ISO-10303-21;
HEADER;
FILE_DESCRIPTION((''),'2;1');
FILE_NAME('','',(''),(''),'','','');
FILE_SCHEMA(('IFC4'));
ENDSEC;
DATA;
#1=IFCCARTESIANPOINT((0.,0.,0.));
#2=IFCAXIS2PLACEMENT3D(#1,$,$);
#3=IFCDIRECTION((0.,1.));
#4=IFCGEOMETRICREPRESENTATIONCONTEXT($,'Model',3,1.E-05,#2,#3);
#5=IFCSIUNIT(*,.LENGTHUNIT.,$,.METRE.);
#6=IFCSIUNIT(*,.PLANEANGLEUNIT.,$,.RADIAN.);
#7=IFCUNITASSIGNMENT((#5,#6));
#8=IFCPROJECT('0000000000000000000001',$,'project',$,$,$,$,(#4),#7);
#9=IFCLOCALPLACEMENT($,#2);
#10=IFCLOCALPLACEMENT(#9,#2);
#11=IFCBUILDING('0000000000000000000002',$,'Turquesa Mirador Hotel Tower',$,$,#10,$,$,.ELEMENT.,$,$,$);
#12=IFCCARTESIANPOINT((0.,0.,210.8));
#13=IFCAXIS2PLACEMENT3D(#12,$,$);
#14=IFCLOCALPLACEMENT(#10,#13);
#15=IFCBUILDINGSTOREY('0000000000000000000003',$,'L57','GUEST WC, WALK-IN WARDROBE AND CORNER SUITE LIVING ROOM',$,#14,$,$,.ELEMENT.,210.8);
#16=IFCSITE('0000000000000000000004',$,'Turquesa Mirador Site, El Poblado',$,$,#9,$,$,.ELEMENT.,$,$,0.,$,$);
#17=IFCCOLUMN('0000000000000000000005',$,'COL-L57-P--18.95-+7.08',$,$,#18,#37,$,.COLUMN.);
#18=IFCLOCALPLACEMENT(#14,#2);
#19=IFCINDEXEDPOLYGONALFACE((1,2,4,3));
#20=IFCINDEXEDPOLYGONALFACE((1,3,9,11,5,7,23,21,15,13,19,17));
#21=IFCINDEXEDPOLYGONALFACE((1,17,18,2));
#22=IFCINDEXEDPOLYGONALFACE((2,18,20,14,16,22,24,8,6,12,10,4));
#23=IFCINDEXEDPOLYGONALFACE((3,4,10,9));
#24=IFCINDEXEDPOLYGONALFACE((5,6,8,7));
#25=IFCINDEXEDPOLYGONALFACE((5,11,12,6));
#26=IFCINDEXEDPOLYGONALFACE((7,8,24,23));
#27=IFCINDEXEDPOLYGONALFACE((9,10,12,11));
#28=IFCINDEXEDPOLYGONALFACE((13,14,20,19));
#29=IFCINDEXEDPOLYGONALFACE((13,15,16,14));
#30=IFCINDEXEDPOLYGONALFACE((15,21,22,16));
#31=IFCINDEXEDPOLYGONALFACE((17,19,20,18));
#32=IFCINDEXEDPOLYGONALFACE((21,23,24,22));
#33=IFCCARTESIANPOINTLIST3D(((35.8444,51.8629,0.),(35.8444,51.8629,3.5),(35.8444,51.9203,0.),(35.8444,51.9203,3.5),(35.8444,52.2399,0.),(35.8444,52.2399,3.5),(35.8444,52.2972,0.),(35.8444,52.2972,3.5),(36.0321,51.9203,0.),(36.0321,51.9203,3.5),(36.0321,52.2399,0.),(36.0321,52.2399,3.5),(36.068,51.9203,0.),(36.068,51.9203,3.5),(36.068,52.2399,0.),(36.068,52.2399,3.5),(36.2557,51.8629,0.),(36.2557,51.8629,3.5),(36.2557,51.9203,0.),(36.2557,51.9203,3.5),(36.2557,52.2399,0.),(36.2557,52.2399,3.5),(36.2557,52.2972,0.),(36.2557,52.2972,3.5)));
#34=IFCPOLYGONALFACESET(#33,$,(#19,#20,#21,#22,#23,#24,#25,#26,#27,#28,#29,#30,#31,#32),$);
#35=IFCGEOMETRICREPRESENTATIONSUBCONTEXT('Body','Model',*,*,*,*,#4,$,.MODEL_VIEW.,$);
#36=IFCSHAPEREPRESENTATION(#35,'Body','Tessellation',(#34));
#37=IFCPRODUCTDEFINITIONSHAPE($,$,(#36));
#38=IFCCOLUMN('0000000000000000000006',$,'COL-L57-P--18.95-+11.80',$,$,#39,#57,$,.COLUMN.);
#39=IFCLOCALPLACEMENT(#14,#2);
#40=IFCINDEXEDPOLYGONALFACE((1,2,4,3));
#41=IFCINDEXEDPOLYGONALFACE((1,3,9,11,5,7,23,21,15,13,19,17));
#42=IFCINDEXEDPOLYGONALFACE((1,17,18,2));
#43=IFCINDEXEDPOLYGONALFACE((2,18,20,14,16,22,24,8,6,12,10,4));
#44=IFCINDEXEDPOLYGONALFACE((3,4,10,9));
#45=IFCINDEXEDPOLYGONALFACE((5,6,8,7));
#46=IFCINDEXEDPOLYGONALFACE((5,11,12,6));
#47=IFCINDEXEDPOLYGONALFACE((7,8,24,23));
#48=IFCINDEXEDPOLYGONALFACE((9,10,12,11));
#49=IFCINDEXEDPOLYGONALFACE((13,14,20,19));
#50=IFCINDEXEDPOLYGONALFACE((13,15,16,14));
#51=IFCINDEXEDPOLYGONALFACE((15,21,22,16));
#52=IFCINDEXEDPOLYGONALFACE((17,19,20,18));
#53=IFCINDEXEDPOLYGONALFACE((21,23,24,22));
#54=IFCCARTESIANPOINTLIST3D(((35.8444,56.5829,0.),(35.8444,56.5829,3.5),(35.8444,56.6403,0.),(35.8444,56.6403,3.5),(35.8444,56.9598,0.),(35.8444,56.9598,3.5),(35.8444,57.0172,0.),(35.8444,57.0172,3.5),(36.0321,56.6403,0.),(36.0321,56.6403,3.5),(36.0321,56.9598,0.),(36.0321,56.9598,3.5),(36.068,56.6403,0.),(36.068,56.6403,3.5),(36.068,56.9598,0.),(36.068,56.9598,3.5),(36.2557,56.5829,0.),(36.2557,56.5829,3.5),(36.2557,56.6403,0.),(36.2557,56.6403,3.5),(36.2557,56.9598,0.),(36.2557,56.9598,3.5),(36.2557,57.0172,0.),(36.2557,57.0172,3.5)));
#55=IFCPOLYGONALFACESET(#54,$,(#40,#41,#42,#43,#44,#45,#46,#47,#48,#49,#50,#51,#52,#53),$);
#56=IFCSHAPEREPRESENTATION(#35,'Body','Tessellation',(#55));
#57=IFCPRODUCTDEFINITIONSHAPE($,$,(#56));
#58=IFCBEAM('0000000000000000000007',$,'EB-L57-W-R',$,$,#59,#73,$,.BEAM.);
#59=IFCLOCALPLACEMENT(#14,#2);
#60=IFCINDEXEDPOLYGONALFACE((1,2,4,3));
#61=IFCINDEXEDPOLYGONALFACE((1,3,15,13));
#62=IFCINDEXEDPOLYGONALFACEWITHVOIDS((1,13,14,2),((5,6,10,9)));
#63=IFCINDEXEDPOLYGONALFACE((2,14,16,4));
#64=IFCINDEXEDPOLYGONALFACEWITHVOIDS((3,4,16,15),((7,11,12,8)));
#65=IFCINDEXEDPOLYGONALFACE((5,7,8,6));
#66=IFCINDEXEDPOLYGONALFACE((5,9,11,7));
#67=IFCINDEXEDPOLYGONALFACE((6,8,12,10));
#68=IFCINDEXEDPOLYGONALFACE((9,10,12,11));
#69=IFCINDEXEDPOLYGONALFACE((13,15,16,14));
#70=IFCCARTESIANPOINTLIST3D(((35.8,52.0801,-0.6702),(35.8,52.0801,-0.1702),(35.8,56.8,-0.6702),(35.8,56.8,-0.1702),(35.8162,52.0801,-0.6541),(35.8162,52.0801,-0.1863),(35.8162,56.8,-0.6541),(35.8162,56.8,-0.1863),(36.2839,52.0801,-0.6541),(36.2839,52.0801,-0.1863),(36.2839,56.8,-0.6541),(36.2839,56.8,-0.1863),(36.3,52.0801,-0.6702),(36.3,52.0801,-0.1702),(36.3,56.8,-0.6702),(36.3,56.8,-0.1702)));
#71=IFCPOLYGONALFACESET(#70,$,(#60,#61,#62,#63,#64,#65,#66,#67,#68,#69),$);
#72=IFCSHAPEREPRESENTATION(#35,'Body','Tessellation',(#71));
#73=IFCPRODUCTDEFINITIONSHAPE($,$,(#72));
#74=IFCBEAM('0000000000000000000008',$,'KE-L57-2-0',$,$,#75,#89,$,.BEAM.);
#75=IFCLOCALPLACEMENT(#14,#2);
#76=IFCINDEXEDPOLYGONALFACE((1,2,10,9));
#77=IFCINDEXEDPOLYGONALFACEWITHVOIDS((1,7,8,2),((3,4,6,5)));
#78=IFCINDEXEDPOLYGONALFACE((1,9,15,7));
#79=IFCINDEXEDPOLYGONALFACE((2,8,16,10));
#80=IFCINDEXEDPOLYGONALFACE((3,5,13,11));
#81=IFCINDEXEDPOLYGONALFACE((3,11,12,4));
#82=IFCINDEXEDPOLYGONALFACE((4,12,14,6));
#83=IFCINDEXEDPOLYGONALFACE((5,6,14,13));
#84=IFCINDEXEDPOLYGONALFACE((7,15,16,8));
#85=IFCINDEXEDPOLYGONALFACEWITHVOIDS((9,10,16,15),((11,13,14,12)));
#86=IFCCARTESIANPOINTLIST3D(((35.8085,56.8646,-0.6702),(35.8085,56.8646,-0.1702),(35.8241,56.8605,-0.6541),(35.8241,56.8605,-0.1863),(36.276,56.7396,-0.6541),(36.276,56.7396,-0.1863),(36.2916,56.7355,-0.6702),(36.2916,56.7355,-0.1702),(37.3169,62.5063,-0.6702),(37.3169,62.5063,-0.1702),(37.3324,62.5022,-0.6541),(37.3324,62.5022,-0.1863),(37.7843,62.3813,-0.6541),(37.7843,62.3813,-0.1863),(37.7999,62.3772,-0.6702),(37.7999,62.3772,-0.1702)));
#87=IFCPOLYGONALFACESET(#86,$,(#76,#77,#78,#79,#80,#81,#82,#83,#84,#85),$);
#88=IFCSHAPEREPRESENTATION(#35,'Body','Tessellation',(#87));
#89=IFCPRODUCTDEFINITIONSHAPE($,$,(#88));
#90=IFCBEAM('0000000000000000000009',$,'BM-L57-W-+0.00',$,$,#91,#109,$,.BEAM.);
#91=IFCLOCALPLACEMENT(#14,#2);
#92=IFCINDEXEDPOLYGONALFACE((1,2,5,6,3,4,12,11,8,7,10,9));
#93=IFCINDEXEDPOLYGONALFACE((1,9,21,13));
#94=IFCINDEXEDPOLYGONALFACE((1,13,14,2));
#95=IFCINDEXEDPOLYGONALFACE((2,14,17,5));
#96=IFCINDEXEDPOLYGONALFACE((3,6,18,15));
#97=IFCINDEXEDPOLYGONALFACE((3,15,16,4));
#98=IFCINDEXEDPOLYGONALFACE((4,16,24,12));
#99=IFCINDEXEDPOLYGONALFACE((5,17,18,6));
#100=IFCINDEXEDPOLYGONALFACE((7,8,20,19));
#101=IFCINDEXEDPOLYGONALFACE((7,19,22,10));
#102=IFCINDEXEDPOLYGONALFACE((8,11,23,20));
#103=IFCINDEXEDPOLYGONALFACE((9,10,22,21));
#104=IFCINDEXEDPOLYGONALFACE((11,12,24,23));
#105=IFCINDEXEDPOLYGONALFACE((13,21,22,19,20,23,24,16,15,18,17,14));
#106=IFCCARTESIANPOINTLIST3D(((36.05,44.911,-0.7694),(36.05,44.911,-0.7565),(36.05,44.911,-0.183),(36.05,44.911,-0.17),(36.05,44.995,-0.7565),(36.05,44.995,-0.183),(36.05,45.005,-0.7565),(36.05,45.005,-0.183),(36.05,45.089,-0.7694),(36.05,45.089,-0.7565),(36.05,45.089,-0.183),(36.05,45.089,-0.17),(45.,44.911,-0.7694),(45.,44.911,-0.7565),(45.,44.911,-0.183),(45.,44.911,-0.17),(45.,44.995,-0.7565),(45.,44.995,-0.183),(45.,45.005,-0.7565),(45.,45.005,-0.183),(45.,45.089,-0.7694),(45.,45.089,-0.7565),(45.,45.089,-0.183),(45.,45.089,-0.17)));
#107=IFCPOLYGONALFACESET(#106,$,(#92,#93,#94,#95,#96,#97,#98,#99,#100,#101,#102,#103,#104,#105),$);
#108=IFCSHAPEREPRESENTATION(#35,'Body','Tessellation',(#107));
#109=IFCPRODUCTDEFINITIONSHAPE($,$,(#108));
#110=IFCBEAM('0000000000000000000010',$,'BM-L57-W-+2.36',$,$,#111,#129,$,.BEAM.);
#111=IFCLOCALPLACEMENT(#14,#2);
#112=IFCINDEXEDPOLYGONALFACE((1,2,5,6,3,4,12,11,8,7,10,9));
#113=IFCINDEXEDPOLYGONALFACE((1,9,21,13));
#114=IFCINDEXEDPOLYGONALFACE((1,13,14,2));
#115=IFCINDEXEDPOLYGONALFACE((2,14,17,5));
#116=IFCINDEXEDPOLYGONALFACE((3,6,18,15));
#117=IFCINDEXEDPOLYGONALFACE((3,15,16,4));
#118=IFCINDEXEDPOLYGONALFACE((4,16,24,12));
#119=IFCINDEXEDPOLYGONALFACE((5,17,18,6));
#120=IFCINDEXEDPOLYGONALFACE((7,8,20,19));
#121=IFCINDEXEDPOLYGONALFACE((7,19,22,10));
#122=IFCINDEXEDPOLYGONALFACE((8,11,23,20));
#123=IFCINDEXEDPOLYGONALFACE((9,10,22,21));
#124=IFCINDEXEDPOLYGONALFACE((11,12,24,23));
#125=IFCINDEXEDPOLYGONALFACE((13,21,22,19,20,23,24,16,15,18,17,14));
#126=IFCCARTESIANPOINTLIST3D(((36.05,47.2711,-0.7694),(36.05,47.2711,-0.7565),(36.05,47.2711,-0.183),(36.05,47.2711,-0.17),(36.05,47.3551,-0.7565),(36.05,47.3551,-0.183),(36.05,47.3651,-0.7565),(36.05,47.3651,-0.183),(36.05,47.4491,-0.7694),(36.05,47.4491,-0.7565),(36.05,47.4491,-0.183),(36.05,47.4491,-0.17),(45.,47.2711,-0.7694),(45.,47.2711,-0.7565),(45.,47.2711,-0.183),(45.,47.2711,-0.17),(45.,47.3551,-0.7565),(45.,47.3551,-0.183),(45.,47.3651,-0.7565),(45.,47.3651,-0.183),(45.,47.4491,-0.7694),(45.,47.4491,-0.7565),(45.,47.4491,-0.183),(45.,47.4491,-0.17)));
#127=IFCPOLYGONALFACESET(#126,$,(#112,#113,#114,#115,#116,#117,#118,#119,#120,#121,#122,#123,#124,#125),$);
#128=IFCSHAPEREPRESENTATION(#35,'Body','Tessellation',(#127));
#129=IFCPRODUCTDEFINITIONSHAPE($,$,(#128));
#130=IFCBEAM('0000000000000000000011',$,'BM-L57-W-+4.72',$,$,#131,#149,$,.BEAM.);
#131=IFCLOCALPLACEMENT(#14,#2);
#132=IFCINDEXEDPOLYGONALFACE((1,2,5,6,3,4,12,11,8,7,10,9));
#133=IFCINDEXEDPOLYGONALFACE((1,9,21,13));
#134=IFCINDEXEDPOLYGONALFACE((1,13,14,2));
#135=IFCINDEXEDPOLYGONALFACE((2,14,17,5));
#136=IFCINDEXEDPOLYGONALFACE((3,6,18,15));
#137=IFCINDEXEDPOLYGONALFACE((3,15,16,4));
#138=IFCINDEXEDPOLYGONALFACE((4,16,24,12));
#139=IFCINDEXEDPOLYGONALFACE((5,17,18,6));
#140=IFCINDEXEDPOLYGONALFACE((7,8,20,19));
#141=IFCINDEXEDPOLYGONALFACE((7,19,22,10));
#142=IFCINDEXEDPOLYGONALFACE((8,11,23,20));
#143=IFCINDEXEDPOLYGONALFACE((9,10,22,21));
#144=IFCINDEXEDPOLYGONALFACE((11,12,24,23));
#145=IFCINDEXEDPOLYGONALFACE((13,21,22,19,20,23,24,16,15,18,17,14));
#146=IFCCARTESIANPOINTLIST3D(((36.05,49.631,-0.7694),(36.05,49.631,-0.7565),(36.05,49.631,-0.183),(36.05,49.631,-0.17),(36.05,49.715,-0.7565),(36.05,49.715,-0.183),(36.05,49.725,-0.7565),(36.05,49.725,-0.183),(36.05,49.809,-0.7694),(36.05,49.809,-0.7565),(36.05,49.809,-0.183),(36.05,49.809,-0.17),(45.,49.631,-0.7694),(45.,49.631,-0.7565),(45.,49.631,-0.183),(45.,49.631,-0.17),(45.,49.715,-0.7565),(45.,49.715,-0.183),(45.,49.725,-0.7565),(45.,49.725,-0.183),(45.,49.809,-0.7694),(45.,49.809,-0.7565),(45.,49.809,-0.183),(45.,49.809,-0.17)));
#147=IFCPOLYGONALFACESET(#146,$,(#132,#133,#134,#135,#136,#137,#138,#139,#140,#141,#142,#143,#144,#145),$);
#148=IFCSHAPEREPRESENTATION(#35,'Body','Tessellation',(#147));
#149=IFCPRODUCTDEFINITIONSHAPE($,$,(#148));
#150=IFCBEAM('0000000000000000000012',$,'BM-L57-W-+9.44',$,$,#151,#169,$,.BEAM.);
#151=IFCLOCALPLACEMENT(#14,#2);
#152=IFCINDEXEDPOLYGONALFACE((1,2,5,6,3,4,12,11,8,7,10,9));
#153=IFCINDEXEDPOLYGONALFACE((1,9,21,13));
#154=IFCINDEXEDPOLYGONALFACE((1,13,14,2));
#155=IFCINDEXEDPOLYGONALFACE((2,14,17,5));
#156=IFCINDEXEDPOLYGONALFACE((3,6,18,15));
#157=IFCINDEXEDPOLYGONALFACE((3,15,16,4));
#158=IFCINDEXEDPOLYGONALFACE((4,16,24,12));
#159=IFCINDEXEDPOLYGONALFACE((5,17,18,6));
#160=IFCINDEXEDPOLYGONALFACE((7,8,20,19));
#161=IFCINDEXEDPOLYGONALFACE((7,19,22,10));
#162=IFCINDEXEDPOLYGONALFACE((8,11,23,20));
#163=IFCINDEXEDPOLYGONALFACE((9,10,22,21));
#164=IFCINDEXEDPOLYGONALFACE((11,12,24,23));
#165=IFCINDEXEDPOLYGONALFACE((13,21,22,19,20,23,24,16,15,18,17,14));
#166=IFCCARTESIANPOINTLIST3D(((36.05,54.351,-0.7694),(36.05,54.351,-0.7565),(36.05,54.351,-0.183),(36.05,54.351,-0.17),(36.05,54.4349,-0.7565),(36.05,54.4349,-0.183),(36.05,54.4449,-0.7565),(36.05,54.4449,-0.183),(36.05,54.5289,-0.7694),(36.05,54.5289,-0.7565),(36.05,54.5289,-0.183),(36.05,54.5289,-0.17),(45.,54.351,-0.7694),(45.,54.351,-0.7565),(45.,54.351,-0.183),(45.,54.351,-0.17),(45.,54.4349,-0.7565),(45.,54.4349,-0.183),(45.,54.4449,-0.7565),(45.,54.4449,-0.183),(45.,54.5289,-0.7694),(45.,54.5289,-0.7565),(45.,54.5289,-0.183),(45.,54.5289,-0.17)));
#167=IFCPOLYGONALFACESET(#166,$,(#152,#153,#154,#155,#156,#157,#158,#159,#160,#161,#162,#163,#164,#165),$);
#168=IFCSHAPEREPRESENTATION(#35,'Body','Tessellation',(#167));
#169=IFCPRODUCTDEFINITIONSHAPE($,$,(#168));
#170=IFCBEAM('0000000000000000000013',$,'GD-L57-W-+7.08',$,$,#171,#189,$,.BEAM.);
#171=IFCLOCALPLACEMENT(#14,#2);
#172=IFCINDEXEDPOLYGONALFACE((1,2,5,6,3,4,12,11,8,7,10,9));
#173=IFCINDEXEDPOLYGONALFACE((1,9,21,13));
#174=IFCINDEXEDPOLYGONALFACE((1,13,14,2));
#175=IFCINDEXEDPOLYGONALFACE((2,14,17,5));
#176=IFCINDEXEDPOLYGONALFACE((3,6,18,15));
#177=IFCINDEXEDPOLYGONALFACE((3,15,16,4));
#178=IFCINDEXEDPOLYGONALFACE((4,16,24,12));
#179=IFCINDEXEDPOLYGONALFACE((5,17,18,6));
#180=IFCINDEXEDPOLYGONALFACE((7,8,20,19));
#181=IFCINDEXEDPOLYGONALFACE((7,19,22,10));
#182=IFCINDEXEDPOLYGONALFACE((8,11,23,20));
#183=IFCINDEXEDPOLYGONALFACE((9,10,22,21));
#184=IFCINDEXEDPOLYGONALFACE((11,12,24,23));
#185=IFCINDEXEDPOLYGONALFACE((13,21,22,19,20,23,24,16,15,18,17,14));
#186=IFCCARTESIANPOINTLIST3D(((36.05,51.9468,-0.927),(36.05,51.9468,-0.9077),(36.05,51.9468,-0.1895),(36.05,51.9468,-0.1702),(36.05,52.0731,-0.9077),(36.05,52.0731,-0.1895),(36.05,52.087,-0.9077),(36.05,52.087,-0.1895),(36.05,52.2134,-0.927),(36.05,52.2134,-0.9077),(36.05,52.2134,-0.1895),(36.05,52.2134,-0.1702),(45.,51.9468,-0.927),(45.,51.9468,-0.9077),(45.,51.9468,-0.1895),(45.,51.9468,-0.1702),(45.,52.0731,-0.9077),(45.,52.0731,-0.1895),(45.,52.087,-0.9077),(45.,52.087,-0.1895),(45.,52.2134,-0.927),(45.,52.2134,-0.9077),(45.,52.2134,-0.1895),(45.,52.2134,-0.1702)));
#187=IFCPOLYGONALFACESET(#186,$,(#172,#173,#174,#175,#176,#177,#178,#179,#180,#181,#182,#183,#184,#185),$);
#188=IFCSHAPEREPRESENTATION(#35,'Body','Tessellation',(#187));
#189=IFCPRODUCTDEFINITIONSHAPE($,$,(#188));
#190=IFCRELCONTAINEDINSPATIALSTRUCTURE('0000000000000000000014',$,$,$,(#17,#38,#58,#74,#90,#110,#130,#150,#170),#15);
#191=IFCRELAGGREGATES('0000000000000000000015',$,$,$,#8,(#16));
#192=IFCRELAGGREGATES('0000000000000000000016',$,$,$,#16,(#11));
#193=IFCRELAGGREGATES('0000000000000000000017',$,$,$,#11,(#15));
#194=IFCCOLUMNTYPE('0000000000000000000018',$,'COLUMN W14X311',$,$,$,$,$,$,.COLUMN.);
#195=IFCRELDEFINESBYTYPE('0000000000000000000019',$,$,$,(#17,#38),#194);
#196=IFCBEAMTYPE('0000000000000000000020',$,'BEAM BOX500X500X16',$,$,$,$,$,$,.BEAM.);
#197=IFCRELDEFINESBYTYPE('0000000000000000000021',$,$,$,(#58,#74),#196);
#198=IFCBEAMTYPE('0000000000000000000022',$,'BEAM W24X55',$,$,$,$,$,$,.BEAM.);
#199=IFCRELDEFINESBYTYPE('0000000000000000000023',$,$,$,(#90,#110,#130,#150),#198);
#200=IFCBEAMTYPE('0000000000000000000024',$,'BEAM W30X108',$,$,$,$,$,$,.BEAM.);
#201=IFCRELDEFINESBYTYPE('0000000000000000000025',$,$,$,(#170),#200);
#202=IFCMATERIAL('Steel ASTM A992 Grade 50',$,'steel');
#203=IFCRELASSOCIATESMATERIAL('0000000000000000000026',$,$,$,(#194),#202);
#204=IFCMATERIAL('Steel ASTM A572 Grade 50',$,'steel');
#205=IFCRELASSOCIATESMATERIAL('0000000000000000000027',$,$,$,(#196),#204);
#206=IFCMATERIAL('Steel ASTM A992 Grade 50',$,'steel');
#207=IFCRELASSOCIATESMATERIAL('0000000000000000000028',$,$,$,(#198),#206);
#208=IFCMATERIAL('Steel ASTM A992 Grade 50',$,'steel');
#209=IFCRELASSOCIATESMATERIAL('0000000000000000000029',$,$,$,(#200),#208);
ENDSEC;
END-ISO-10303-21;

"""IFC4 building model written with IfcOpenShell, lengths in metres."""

from ifc_helpers import new_model, si_unit, direction, frame, origin, origin_2d, place, context, subcontext, project, spatial, hollow_rectangle, i_section, extrude, material, material_profile, profile_set, type_object, element, save


model = new_model("IFC4")

# Units and contexts
model_context = context("Model", 3, precision=1e-05, world=origin(), true_north=direction((0.0, 1.0)))
body_context = subcontext(model_context, "Body", "Model", "MODEL_VIEW")
ifc_project = project(units=[si_unit("LENGTHUNIT", "METRE"), si_unit("PLANEANGLEUNIT", "RADIAN")], contexts=[model_context])

# Site, building, storey
site_placement = place(None, origin())
site = spatial("IfcSite", under=ifc_project, at=site_placement, Name="Turquesa Mirador Site, El Poblado", CompositionType="ELEMENT", RefElevation=0.0)
building_placement = place(site_placement, origin())
building = spatial("IfcBuilding", under=site, at=building_placement, Name="Turquesa Mirador Hotel Tower", CompositionType="ELEMENT")
storey_placement = place(building_placement, frame((0.0, 0.0, 210.8)))
storey = spatial("IfcBuildingStorey", under=building, at=storey_placement, Name="L57", Description="GUEST WC, WALK-IN WARDROBE AND CORNER SUITE LIVING ROOM", CompositionType="ELEMENT", Elevation=210.8)

# Columns
ifc_material_1 = material(Name="Steel ASTM A992 Grade 50", Category="steel")
ifc_material_profile_1 = material_profile(ifc_material_1, i_section(OverallWidth=0.4114, OverallDepth=0.4343, WebThickness=0.0359, FlangeThickness=0.0574, at=origin_2d()), Name="W14X311")
ifc_profile_set_1 = profile_set([ifc_material_profile_1], Name="Steel ASTM A992 Grade 50")
column_type = type_object("IfcColumnType", Name="COLUMN W14X311", PredefinedType="COLUMN", material=ifc_profile_set_1)
for number, where, z_axis, x_axis, name in (
    (1, (36.05, 52.0801, 0.0), (0.0, 0.0, 1.0), (1.0, 0.0, 0.0), "COL-L57-P--18.95-+7.08"),
    (2, (36.05, 56.8, 0.0), (0.0, 0.0, 1.0), (1.0, 0.0, 0.0), "COL-L57-P--18.95-+11.80"),
):
    element("IfcColumn", number, at=place(storey_placement, frame(where, z_axis=z_axis, x_axis=x_axis)), inside=storey, type_object=column_type, Name=name, PredefinedType="COLUMN", context=body_context, shape_type="SweptSolid", body=[
        extrude(i_section(OverallWidth=0.4114, OverallDepth=0.4343, WebThickness=0.0359, FlangeThickness=0.0574, at=origin_2d()), origin(), (0.0, 0.0, 1.0), 3.5),
    ])

# Beams
ifc_material_2 = material(Name="Steel ASTM A572 Grade 50", Category="steel")
ifc_material_profile_2 = material_profile(ifc_material_2, hollow_rectangle(XDim=0.5, YDim=0.5, WallThickness=0.0161, at=origin_2d()), Name="BOX500X500X16")
ifc_profile_set_2 = profile_set([ifc_material_profile_2], Name="Steel ASTM A572 Grade 50")
beam_type_1 = type_object("IfcBeamType", Name="BEAM BOX500X500X16", PredefinedType="BEAM", material=ifc_profile_set_2)
beam_1_placement = place(storey_placement, frame((36.05, 52.0801, -0.4202), z_axis=(0.0, 1.0, 0.0), x_axis=(-1.0, 0.0, 0.0)))
element("IfcBeam", 3, at=beam_1_placement, inside=storey, type_object=beam_type_1, Name="EB-L57-W-R", PredefinedType="BEAM", context=body_context, shape_type="SweptSolid", body=[
    extrude(hollow_rectangle(XDim=0.5, YDim=0.5, WallThickness=0.0161, at=origin_2d()), origin(), (0.0, 0.0, 1.0), 4.72),
])
beam_2_placement = place(storey_placement, frame((36.05, 56.8, -0.4202), z_axis=(0.258282, 0.96607, 0.0), x_axis=(-0.96607, 0.258282, 0.0)))
element("IfcBeam", 4, at=beam_2_placement, inside=storey, type_object=beam_type_1, Name="KE-L57-2-0", PredefinedType="BEAM", context=body_context, shape_type="SweptSolid", body=[
    extrude(hollow_rectangle(XDim=0.5, YDim=0.5, WallThickness=0.0161, at=origin_2d()), origin(), (0.0, 0.0, 1.0), 5.8398),
])
ifc_material_3 = material(Name="Steel ASTM A992 Grade 50", Category="steel")
ifc_material_profile_3 = material_profile(ifc_material_3, i_section(OverallWidth=0.178, OverallDepth=0.5994, WebThickness=0.01, FlangeThickness=0.0129, at=origin_2d()), Name="W24X55")
ifc_profile_set_3 = profile_set([ifc_material_profile_3], Name="Steel ASTM A992 Grade 50")
beam_type_2 = type_object("IfcBeamType", Name="BEAM W24X55", PredefinedType="BEAM", material=ifc_profile_set_3)
for number, where, z_axis, x_axis, name in (
    (5, (36.05, 45.0, -0.4697), (1.0, 0.0, 0.0), (0.0, 1.0, 0.0), "BM-L57-W-+0.00"),
    (6, (36.05, 47.3601, -0.4697), (1.0, 0.0, 0.0), (0.0, 1.0, 0.0), "BM-L57-W-+2.36"),
    (7, (36.05, 49.72, -0.4697), (1.0, 0.0, 0.0), (0.0, 1.0, 0.0), "BM-L57-W-+4.72"),
    (8, (36.05, 54.4399, -0.4697), (1.0, 0.0, 0.0), (0.0, 1.0, 0.0), "BM-L57-W-+9.44"),
):
    element("IfcBeam", number, at=place(storey_placement, frame(where, z_axis=z_axis, x_axis=x_axis)), inside=storey, type_object=beam_type_2, Name=name, PredefinedType="BEAM", context=body_context, shape_type="SweptSolid", body=[
        extrude(i_section(OverallWidth=0.178, OverallDepth=0.5994, WebThickness=0.01, FlangeThickness=0.0129, at=origin_2d()), origin(), (0.0, 0.0, 1.0), 8.95),
    ])
ifc_material_4 = material(Name="Steel ASTM A992 Grade 50", Category="steel")
ifc_material_profile_4 = material_profile(ifc_material_4, i_section(OverallWidth=0.2666, OverallDepth=0.7568, WebThickness=0.0139, FlangeThickness=0.0193, at=origin_2d()), Name="W30X108")
ifc_profile_set_4 = profile_set([ifc_material_profile_4], Name="Steel ASTM A992 Grade 50")
beam_type_3 = type_object("IfcBeamType", Name="BEAM W30X108", PredefinedType="BEAM", material=ifc_profile_set_4)
beam_3_placement = place(storey_placement, frame((36.05, 52.0801, -0.5486), z_axis=(1.0, 0.0, 0.0), x_axis=(0.0, 1.0, 0.0)))
element("IfcBeam", 9, at=beam_3_placement, inside=storey, type_object=beam_type_3, Name="GD-L57-W-+7.08", PredefinedType="BEAM", context=body_context, shape_type="SweptSolid", body=[
    extrude(i_section(OverallWidth=0.2666, OverallDepth=0.7568, WebThickness=0.0139, FlangeThickness=0.0193, at=origin_2d()), origin(), (0.0, 0.0, 1.0), 8.95),
])

save(model, "model.ifc")
